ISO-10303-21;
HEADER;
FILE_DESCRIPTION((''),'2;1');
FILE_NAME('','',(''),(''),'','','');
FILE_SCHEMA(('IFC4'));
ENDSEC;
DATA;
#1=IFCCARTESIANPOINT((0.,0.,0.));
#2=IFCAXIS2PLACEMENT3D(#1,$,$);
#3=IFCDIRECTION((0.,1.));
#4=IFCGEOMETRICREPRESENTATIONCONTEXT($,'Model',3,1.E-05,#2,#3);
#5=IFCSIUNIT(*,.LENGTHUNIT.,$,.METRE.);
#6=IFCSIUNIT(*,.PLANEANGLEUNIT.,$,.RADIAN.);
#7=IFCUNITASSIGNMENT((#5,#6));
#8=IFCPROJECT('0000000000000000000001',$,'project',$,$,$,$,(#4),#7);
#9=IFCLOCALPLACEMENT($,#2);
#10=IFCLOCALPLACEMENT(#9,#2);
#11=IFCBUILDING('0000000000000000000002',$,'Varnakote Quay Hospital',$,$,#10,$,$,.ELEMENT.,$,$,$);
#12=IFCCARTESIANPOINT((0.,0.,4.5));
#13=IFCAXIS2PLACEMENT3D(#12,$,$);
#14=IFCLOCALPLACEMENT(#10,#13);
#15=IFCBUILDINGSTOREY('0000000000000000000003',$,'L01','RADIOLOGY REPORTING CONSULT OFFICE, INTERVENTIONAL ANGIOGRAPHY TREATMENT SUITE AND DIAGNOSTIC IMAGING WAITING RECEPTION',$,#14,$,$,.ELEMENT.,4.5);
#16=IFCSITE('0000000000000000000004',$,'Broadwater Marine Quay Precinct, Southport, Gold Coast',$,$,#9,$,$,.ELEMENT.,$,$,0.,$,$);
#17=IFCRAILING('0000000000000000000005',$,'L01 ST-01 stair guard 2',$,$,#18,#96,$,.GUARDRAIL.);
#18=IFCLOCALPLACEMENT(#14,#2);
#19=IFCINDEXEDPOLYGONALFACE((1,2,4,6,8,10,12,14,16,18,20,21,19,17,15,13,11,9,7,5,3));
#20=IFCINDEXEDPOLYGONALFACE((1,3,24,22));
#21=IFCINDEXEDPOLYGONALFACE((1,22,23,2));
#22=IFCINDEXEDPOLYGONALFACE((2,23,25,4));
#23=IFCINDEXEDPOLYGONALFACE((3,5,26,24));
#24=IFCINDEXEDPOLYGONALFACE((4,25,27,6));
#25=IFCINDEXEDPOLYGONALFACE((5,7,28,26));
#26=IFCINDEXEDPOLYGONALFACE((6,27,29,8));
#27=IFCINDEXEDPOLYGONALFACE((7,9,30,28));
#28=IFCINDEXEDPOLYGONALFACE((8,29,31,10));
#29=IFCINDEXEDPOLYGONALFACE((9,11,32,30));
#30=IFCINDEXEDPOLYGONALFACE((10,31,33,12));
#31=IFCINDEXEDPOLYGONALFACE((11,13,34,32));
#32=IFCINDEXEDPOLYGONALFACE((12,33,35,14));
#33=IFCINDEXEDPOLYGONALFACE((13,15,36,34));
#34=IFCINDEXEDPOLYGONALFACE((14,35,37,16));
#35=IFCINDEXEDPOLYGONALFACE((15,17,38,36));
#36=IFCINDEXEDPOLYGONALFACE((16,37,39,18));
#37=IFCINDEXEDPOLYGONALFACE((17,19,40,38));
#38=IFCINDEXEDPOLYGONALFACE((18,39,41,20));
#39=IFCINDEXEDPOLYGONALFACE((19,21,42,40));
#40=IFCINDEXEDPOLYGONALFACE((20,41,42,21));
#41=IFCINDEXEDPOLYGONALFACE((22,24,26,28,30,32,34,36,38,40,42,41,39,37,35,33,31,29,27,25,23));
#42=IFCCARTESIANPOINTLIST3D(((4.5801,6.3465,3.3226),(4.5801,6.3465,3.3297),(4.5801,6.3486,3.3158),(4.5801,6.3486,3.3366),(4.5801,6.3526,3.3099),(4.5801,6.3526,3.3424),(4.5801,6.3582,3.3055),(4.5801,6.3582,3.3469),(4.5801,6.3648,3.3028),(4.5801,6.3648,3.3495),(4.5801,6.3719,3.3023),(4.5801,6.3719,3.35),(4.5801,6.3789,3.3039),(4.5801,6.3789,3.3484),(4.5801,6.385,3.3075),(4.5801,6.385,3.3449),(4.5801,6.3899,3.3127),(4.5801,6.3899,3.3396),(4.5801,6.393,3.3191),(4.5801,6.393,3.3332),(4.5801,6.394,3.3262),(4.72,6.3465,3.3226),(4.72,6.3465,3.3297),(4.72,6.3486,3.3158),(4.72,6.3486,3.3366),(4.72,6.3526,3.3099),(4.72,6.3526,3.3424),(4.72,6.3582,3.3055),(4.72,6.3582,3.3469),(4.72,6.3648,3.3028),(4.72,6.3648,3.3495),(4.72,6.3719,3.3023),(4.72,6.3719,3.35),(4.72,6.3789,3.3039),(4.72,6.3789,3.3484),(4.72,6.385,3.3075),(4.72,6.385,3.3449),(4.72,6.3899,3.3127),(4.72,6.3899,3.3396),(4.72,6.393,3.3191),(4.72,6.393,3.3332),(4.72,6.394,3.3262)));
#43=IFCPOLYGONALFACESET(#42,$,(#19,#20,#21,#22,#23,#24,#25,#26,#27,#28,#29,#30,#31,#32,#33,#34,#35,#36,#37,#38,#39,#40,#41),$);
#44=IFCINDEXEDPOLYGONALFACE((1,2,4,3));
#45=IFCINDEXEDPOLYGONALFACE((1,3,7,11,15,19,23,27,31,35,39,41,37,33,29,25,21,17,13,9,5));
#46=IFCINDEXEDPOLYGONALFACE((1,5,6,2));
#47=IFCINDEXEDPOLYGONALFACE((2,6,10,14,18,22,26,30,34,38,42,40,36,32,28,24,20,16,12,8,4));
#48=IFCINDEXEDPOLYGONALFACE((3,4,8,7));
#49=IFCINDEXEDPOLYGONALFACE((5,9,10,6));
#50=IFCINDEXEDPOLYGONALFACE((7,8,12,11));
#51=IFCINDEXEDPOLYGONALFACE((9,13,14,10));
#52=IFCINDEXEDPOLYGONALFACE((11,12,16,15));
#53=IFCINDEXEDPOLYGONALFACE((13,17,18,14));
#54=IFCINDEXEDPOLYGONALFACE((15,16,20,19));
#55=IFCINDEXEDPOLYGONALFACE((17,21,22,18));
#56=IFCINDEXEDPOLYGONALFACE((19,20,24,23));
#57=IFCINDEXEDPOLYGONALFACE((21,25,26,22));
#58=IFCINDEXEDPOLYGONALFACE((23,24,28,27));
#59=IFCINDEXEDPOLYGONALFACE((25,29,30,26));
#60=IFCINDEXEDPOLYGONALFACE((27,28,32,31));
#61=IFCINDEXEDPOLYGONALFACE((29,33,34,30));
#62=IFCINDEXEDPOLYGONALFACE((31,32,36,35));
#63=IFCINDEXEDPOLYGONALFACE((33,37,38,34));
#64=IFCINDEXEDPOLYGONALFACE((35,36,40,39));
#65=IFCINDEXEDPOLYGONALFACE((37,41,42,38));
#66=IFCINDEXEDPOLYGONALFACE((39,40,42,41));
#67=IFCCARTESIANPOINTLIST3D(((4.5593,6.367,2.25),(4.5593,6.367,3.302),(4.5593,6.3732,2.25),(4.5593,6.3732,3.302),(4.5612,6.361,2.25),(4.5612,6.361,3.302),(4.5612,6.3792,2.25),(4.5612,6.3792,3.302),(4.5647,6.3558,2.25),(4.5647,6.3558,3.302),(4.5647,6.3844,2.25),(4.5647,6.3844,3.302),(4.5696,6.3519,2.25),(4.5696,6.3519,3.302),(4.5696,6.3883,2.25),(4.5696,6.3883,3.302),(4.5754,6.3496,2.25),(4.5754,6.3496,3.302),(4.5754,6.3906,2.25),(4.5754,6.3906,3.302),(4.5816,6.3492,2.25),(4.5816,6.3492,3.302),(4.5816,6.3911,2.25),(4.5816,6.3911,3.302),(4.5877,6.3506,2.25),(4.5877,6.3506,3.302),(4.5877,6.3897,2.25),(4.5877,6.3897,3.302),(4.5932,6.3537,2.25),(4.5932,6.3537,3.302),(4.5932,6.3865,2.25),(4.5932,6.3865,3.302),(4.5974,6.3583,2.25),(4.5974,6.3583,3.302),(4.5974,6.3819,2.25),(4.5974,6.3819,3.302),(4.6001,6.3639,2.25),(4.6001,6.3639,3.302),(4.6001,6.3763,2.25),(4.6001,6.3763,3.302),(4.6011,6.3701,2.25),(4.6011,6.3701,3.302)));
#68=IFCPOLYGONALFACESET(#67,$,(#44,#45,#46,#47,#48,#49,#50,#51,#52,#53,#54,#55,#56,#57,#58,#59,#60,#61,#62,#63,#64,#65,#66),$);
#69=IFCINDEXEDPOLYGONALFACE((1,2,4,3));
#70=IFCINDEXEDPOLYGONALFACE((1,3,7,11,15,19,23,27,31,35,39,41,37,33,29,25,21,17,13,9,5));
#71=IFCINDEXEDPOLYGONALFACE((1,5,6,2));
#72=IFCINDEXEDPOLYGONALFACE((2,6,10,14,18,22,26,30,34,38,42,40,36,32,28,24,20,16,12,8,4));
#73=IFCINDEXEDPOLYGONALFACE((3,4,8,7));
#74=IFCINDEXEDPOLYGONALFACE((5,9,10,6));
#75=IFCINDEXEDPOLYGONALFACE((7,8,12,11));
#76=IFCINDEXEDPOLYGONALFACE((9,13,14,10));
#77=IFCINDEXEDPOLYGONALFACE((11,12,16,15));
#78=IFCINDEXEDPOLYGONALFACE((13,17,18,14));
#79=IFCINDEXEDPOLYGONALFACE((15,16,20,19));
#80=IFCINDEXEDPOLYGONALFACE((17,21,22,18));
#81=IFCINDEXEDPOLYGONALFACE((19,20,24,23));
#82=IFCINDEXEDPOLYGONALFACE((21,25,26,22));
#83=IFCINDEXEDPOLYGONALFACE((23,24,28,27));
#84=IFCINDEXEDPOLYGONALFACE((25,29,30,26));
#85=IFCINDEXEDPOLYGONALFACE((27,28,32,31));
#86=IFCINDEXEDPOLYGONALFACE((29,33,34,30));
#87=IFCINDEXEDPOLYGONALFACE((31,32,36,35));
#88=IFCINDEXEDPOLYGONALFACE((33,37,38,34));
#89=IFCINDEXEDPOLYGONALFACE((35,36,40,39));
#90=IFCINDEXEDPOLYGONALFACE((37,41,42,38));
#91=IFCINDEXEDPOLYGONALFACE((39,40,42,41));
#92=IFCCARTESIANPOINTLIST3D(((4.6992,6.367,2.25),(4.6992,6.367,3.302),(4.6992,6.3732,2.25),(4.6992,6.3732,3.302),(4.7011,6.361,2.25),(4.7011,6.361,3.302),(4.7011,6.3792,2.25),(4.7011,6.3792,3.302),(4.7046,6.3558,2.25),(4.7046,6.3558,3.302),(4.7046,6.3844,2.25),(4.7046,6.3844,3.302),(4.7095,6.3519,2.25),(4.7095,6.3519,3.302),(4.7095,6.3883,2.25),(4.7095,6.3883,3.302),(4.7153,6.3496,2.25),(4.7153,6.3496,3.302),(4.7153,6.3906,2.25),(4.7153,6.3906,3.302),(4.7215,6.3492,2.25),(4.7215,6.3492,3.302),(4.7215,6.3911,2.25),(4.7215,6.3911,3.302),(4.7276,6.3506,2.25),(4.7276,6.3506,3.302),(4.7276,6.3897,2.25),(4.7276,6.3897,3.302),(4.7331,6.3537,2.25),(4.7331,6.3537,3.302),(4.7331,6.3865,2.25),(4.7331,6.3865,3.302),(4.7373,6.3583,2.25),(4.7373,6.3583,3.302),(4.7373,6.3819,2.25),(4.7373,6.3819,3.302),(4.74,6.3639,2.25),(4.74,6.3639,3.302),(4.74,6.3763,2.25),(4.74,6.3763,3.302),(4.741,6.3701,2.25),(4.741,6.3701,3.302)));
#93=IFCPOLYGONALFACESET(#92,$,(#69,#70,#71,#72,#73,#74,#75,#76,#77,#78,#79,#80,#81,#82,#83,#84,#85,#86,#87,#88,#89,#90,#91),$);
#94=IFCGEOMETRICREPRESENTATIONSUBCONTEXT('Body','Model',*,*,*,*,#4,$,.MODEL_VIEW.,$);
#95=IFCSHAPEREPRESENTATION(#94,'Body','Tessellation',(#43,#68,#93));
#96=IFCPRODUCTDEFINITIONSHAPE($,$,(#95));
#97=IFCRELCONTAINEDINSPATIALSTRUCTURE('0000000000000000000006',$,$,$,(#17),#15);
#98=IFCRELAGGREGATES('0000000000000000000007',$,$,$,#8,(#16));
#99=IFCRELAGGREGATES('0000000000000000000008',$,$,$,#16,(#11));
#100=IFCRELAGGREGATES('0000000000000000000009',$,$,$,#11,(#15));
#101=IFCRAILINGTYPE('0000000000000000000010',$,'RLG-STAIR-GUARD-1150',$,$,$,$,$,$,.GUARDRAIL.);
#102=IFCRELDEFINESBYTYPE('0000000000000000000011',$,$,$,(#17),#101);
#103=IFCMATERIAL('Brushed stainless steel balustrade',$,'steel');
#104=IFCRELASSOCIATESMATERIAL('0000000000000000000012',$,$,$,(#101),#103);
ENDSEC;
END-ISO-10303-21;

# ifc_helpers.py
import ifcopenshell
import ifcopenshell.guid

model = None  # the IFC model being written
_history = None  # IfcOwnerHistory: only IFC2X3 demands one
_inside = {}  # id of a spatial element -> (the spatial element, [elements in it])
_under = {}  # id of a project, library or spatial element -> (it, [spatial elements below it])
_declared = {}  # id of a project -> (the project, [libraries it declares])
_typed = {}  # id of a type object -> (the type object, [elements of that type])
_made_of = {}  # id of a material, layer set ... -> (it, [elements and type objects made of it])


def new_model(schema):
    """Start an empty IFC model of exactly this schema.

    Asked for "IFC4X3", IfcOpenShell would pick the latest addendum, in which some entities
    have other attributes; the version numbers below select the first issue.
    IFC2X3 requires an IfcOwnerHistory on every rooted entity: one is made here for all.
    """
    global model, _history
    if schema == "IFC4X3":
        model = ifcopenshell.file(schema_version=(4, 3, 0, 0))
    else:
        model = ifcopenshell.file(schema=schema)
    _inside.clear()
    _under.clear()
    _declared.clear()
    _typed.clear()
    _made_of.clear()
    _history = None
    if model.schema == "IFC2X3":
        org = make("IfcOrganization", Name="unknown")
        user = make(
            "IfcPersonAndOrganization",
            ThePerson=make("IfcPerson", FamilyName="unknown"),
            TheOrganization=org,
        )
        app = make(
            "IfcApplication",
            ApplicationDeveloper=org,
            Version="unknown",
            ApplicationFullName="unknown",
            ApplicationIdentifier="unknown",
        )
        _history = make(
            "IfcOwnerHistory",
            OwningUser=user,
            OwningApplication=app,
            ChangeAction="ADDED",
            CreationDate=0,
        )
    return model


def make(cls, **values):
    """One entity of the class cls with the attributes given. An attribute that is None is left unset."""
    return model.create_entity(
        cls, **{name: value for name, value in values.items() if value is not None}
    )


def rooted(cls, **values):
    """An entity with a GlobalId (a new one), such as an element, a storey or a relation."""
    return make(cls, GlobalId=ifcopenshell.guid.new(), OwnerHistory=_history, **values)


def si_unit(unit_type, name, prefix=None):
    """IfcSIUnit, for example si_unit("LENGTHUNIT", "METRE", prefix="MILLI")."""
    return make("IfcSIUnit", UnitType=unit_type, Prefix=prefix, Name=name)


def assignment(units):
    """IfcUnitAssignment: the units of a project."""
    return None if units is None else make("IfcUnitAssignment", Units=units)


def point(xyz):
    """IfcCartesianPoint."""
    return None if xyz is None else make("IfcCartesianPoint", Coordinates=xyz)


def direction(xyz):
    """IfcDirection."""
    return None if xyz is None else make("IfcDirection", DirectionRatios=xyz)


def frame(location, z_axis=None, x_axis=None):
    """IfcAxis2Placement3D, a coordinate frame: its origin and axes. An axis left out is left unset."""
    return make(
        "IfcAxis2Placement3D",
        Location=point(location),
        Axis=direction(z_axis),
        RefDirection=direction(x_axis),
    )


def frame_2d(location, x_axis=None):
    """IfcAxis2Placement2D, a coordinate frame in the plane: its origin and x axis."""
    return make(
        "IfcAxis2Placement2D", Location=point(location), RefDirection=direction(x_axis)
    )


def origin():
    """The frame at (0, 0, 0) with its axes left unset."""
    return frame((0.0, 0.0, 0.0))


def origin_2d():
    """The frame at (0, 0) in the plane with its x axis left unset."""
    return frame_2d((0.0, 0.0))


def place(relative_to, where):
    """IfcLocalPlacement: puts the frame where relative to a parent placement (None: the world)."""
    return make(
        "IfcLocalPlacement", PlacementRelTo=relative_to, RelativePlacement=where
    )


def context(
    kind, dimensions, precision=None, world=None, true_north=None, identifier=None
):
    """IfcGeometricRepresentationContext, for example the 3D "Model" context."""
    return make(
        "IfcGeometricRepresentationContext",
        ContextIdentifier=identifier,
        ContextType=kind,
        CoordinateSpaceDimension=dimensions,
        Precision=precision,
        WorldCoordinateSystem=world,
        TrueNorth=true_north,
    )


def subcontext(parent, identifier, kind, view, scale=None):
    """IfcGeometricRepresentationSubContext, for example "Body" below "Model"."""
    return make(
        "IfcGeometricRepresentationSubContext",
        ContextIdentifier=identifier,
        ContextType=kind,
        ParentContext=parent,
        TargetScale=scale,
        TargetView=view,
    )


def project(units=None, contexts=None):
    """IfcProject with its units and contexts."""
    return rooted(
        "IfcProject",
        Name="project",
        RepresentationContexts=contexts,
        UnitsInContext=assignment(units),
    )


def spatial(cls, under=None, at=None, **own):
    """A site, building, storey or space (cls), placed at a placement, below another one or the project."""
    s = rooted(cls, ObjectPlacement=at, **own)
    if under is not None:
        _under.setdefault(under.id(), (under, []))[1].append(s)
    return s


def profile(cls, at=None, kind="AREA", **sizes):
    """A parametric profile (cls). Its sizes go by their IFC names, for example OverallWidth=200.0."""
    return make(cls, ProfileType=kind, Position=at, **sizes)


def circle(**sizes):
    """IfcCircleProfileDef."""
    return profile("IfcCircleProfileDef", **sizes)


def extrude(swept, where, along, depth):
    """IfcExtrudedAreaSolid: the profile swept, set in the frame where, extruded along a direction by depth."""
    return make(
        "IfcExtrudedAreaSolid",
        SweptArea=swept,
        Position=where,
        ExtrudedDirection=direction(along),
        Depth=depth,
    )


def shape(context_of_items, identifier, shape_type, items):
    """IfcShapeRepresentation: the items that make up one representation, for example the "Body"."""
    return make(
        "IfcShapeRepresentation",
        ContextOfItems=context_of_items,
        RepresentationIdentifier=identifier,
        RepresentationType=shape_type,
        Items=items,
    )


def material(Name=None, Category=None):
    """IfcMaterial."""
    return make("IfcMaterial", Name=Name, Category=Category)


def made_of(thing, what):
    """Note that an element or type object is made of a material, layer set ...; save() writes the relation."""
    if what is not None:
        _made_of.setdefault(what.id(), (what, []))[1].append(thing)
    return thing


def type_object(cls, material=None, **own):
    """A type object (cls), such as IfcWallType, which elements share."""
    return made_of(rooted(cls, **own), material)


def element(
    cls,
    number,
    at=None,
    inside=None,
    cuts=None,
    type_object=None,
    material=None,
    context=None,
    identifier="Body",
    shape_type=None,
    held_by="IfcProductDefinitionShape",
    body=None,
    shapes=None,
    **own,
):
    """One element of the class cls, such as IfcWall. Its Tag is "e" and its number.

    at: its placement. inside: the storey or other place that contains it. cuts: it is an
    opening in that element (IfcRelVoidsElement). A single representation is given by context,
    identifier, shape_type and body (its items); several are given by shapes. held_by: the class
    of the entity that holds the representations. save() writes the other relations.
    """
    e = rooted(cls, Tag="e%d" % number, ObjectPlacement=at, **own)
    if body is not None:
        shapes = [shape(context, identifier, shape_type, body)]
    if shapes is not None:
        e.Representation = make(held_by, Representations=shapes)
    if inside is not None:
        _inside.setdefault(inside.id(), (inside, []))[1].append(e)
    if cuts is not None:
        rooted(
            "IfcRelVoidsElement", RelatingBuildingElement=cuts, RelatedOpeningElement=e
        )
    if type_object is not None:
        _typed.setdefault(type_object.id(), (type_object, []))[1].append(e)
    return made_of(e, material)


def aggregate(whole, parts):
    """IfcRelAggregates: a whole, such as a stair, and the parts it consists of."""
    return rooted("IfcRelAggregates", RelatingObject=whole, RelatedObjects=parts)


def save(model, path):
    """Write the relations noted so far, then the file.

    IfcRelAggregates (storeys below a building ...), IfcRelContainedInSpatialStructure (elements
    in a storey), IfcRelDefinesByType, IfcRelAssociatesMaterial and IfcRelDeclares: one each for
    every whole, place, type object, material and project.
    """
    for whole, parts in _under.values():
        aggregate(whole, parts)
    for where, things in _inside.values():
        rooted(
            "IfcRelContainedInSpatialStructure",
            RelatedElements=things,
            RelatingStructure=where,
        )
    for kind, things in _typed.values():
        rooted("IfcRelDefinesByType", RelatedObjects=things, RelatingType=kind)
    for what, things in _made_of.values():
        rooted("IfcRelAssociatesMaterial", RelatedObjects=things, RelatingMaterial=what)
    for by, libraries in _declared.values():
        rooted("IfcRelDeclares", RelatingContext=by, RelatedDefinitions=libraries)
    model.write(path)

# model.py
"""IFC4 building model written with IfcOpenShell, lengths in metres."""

from ifc_helpers import new_model, si_unit, direction, frame, origin, origin_2d, place, context, subcontext, project, spatial, circle, extrude, material, type_object, element, save


model = new_model("IFC4")

# Units and contexts
model_context = context("Model", 3, precision=1e-05, world=origin(), true_north=direction((0.0, 1.0)))
body_context = subcontext(model_context, "Body", "Model", "MODEL_VIEW")
ifc_project = project(units=[si_unit("LENGTHUNIT", "METRE"), si_unit("PLANEANGLEUNIT", "RADIAN")], contexts=[model_context])

# Site, building, storey
site_placement = place(None, origin())
site = spatial("IfcSite", under=ifc_project, at=site_placement, Name="Broadwater Marine Quay Precinct, Southport, Gold Coast", CompositionType="ELEMENT", RefElevation=0.0)
building_placement = place(site_placement, origin())
building = spatial("IfcBuilding", under=site, at=building_placement, Name="Varnakote Quay Hospital", CompositionType="ELEMENT")
storey_placement = place(building_placement, frame((0.0, 0.0, 4.5)))
storey = spatial("IfcBuildingStorey", under=building, at=storey_placement, Name="L01", Description="RADIOLOGY REPORTING CONSULT OFFICE, INTERVENTIONAL ANGIOGRAPHY TREATMENT SUITE AND DIAGNOSTIC IMAGING WAITING RECEPTION", CompositionType="ELEMENT", Elevation=4.5)

# Railing
ifc_material_1 = material(Name="Brushed stainless steel balustrade", Category="steel")
railing_type_1 = type_object("IfcRailingType", Name="RLG-STAIR-GUARD-1150", PredefinedType="GUARDRAIL", material=ifc_material_1)
railing_1_placement = place(storey_placement, frame((4.5801, 6.3701, 2.25)))
element("IfcRailing", 1, at=railing_1_placement, inside=storey, type_object=railing_type_1, Name="L01 ST-01 stair guard 2", PredefinedType="GUARDRAIL", context=body_context, shape_type="SweptSolid", body=[
    extrude(circle(Radius=0.0239, at=origin_2d()), frame((0.0, 0.0, 1.0762), z_axis=(1.0, 0.0, 0.0), x_axis=(0.0, 1.0, 0.0)), (0.0, 0.0, 1.0), 0.1399),
    extrude(circle(Radius=0.021, at=origin_2d()), origin(), (0.0, 0.0, 1.0), 1.052),
    extrude(circle(Radius=0.021, at=origin_2d()), frame((0.1399, 0.0, 0.0)), (0.0, 0.0, 1.0), 1.052),
])

save(model, "model.ifc")
